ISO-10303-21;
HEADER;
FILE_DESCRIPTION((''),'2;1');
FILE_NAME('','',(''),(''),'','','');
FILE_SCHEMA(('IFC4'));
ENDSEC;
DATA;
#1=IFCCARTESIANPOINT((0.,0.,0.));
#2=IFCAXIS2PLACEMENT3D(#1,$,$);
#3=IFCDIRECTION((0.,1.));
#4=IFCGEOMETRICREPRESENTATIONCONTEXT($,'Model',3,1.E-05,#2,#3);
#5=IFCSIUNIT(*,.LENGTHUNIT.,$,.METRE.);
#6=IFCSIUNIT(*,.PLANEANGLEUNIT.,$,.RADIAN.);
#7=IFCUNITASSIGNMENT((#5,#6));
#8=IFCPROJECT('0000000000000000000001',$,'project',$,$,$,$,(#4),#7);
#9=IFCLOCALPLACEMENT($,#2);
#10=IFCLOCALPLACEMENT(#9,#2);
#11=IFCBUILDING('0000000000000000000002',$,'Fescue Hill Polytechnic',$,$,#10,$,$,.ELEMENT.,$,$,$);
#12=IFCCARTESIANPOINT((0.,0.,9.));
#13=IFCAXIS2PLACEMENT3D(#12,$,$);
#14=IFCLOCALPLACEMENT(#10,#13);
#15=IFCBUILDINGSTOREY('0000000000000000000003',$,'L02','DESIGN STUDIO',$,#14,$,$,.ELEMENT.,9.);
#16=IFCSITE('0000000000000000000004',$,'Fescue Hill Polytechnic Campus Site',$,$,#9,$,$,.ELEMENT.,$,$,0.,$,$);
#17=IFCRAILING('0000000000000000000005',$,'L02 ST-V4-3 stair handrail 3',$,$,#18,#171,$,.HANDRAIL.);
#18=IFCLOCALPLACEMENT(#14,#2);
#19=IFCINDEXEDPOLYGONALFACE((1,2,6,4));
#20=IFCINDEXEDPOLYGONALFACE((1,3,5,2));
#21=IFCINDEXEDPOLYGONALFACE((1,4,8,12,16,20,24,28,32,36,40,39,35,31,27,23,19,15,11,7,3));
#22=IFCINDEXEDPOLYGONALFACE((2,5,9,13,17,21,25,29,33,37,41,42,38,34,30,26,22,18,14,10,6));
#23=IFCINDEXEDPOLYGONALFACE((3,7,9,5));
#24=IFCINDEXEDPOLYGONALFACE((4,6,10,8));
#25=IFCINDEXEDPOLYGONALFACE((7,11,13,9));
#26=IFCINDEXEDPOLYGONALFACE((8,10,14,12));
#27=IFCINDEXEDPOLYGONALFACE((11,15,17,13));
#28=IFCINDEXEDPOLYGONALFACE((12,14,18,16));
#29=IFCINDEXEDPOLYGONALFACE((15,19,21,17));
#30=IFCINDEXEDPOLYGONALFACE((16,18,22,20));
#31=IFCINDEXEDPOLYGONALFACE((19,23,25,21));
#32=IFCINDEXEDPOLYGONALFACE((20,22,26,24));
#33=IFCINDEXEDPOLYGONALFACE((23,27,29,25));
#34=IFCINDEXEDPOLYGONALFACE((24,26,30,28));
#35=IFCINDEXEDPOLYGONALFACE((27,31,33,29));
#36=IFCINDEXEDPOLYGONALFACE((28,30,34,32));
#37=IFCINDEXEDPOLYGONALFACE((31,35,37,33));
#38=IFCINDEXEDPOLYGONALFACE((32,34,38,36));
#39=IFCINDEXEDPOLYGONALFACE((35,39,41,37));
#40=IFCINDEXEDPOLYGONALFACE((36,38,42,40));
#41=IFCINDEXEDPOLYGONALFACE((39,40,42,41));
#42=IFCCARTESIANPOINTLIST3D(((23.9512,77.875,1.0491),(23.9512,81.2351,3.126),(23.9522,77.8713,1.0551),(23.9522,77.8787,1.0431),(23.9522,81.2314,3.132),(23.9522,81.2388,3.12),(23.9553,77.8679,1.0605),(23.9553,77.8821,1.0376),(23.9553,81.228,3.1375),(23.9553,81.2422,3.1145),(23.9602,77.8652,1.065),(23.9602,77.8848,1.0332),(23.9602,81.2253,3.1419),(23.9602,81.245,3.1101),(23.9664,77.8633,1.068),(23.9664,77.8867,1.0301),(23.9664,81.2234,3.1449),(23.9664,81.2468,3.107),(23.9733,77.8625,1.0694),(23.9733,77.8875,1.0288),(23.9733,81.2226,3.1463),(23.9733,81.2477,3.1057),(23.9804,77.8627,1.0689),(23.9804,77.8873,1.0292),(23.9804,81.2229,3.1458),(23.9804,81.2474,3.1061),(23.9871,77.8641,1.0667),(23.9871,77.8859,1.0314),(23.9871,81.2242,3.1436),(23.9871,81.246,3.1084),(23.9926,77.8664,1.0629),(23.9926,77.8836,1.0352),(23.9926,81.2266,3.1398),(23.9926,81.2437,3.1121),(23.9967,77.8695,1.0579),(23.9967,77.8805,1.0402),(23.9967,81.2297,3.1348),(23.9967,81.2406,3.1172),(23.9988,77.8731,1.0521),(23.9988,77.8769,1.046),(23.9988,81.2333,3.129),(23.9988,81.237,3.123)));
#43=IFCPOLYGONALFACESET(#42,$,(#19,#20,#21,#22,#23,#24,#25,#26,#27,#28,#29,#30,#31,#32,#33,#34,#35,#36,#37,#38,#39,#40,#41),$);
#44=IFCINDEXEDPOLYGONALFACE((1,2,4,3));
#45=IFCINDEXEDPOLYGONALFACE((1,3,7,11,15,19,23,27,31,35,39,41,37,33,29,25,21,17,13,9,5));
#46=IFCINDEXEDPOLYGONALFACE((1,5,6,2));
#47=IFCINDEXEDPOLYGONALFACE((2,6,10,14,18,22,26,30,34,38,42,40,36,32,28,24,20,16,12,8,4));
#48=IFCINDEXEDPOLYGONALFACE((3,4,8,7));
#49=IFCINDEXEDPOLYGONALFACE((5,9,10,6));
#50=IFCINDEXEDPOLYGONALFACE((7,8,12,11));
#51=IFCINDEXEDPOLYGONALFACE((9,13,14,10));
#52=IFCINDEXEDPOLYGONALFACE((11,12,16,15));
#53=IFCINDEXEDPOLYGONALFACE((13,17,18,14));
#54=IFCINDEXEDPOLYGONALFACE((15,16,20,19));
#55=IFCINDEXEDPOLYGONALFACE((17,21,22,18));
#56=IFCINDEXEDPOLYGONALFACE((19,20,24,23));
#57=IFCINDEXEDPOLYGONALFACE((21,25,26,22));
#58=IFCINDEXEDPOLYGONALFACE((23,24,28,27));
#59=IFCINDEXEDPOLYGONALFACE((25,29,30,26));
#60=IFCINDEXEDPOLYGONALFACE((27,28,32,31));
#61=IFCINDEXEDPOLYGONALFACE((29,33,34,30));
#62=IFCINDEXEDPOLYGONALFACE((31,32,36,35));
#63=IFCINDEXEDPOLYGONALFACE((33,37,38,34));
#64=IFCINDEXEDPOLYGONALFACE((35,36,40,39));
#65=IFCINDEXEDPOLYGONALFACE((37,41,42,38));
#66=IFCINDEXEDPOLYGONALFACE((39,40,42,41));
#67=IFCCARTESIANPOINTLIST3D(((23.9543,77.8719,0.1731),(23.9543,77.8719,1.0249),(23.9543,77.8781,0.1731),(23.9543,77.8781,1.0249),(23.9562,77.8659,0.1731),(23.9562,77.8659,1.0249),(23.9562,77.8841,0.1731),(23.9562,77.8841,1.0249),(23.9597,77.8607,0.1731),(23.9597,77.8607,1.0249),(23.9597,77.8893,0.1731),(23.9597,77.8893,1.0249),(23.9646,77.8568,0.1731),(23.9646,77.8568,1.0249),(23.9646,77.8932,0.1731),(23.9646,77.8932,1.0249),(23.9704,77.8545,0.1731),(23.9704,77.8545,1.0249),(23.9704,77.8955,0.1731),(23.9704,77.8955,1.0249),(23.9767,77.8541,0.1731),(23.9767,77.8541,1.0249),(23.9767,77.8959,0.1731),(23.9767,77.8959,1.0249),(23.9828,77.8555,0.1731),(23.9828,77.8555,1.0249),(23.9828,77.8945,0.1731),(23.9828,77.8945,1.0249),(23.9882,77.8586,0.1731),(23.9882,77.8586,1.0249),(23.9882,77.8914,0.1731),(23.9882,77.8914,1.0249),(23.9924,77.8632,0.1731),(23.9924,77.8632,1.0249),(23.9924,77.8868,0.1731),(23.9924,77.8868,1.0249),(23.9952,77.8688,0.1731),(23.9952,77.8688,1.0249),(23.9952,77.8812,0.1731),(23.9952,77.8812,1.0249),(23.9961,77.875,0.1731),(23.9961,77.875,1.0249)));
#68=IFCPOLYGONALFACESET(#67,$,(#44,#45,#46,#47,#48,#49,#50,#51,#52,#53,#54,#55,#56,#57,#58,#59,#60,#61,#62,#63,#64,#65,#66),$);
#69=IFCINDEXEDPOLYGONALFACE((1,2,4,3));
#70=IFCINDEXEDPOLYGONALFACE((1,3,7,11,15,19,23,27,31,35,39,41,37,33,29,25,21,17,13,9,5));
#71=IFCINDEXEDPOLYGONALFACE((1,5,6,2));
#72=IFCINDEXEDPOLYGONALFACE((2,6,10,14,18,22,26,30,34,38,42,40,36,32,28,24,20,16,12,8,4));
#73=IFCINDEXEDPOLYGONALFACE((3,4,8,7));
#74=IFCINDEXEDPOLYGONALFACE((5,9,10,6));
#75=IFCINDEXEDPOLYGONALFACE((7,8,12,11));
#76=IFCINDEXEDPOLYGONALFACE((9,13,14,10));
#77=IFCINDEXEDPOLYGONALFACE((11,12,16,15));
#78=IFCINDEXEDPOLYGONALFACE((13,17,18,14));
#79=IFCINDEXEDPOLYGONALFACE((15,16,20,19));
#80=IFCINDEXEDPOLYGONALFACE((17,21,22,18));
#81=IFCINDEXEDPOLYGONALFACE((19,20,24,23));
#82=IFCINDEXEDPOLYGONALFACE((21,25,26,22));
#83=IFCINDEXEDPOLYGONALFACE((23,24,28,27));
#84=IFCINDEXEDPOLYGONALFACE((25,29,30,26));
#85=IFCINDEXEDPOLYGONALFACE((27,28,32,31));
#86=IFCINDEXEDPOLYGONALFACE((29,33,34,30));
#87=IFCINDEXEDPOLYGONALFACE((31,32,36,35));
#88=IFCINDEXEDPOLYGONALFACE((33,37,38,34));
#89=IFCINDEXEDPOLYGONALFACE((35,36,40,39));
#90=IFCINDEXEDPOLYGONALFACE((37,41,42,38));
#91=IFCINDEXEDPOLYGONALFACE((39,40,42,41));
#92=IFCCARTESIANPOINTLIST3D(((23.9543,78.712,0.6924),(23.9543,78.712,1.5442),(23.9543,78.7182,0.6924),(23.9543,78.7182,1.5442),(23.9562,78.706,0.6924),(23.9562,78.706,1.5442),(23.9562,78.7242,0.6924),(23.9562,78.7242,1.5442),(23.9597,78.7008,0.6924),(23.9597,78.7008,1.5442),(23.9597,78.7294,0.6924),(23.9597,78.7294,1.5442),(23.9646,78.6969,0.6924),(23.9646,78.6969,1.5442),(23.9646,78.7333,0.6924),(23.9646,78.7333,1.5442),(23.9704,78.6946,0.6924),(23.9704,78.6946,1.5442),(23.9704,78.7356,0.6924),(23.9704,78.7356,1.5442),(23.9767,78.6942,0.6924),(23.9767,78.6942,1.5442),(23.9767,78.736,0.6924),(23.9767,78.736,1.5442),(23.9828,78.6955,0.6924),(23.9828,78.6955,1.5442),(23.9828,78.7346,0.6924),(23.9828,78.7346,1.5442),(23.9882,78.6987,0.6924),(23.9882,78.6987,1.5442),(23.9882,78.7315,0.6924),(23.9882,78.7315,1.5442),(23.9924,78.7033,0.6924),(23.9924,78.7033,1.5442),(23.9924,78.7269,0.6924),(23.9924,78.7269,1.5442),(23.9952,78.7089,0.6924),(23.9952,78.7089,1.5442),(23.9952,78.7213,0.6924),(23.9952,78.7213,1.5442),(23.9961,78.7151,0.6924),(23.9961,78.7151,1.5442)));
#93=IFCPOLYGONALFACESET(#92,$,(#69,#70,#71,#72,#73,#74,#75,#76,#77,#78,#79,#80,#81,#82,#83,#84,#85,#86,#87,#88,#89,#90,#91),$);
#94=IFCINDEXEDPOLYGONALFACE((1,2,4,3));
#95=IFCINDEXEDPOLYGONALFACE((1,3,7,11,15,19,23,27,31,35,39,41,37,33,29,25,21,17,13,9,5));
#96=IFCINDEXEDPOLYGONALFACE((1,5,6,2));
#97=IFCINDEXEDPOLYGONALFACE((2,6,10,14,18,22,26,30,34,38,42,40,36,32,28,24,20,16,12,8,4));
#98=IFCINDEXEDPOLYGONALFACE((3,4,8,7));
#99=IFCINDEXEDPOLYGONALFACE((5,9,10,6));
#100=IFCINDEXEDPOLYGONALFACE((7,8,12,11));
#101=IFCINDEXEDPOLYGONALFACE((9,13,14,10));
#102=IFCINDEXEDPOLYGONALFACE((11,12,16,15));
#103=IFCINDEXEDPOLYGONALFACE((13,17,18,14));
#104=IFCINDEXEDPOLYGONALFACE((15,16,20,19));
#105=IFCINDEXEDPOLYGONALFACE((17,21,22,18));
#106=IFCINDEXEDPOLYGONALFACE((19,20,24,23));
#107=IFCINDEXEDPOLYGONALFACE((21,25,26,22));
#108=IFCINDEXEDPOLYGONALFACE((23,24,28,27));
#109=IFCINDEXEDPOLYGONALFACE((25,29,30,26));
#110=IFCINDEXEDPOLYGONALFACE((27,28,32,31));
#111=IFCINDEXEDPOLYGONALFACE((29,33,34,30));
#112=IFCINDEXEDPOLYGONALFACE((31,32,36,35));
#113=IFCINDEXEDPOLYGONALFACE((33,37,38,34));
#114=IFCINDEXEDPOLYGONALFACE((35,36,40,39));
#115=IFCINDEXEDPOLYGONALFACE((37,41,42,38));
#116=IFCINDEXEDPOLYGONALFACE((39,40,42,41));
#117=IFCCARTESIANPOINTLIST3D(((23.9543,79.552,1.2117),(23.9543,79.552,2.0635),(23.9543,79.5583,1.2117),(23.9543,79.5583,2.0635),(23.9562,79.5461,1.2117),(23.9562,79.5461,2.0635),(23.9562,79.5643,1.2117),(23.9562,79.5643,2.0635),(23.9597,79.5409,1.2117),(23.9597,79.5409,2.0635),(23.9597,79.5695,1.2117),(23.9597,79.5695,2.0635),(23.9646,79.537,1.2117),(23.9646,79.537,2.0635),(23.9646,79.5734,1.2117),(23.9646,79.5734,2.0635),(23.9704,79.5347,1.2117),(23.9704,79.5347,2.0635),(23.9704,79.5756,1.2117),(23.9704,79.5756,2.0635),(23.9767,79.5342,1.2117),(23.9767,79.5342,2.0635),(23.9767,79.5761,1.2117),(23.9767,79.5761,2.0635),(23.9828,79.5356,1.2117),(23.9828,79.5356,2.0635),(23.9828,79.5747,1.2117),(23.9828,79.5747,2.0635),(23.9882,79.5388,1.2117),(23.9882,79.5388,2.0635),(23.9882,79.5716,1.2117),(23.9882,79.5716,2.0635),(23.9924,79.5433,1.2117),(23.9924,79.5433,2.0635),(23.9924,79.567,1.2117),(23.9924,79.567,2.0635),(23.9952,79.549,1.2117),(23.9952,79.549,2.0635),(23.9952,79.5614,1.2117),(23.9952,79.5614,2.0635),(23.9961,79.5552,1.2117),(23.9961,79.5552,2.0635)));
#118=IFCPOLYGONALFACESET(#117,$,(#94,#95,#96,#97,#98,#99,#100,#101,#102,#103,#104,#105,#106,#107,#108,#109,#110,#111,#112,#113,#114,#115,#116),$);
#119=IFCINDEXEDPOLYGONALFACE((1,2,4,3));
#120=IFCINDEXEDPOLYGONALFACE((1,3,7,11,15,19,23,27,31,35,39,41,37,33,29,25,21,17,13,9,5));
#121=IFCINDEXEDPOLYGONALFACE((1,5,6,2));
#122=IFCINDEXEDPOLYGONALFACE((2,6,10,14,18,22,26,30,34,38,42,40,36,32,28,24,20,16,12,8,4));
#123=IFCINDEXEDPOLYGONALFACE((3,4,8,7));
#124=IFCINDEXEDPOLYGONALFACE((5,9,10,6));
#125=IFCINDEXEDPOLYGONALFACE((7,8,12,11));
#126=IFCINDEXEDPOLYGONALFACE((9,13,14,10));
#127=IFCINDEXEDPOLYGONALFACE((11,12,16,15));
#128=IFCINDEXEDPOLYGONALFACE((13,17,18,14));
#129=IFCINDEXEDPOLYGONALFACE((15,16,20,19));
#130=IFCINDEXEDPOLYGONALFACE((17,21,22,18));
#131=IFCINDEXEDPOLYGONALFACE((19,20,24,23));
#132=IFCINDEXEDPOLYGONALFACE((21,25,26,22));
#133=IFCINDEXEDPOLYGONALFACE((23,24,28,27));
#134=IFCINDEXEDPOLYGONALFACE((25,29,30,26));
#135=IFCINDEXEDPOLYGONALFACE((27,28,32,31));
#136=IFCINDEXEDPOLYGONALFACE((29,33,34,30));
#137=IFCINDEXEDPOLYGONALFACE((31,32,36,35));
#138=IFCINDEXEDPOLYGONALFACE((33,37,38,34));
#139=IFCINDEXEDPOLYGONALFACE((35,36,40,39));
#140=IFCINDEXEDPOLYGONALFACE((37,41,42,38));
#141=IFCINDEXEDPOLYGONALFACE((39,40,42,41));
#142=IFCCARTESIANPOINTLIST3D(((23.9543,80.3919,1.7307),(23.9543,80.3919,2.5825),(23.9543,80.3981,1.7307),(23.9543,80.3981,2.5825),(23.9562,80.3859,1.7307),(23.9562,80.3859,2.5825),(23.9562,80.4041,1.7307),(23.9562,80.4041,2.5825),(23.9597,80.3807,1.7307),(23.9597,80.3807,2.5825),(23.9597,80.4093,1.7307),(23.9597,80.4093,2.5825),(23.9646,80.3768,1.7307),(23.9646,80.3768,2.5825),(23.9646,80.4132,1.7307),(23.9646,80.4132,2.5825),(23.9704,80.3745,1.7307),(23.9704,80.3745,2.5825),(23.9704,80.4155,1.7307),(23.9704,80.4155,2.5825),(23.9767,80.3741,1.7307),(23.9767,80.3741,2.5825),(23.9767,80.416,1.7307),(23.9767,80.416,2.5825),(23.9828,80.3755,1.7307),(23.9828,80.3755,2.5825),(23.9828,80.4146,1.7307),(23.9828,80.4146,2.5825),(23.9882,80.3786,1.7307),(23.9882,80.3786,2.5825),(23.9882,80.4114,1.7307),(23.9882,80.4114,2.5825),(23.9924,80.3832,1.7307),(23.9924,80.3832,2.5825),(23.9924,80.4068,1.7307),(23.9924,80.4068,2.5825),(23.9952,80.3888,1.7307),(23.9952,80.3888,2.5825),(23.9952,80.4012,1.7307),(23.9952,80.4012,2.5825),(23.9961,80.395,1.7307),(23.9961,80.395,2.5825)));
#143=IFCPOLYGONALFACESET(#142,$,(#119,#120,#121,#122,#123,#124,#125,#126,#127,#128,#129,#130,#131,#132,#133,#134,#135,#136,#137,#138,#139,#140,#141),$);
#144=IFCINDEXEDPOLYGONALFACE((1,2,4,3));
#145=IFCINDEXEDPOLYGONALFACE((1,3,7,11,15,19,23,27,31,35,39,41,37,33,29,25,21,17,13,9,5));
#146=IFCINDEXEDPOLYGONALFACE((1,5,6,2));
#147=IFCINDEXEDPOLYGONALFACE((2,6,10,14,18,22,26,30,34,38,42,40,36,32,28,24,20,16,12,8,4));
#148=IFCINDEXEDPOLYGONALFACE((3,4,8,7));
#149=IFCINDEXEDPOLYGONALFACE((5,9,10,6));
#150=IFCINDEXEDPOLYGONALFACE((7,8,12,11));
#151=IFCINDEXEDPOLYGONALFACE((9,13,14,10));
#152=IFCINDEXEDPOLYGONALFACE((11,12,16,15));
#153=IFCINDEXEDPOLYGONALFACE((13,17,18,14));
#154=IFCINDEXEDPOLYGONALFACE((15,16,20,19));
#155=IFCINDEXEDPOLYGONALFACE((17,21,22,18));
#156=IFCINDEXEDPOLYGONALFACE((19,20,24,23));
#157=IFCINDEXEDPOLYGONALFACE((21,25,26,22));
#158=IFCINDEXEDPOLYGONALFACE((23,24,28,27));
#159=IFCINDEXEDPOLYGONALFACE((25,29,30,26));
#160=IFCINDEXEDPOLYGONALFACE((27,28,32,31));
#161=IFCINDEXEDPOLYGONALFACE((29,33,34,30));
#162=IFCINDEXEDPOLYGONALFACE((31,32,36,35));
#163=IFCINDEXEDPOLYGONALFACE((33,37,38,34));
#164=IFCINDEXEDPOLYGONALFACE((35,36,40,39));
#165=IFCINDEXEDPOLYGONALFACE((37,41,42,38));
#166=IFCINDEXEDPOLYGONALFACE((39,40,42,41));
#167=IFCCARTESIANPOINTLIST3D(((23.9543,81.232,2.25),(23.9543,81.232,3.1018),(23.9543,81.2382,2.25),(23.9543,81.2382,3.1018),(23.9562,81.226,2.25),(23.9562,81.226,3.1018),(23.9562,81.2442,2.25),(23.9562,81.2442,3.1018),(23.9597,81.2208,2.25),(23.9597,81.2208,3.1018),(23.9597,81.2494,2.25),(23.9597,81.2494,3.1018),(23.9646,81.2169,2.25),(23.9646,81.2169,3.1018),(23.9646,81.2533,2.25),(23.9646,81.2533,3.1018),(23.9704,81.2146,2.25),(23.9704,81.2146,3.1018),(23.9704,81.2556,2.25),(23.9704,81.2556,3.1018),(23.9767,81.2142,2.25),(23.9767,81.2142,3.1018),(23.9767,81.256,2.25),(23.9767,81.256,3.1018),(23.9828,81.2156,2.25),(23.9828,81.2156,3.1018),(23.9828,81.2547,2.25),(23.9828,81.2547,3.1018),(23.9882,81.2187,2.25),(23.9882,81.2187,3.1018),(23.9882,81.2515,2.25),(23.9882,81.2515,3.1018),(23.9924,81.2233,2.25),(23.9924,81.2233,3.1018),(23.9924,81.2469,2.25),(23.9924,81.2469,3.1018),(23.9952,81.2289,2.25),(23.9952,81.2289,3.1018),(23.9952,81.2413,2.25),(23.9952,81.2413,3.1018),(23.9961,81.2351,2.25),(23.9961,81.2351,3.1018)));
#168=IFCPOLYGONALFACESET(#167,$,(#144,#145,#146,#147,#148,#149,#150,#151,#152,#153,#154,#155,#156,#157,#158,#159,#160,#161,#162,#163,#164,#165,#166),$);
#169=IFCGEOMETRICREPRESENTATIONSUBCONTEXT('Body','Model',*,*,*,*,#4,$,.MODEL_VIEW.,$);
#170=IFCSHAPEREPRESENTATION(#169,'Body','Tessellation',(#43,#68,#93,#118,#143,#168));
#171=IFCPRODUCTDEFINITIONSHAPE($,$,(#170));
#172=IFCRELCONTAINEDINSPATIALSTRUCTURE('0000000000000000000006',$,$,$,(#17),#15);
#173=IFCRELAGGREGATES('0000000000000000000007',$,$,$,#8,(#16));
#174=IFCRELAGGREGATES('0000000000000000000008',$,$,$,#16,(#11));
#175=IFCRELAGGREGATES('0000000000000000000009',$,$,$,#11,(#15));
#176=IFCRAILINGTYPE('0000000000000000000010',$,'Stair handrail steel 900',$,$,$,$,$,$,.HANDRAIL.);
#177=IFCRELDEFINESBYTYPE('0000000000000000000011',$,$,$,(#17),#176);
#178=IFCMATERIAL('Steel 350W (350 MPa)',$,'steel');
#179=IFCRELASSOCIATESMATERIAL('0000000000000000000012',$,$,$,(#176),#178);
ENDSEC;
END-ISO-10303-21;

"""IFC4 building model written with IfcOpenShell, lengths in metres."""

from ifc_helpers import new_model, si_unit, direction, frame, origin, origin_2d, place, context, subcontext, project, spatial, circle, extrude, material, type_object, element, save


model = new_model("IFC4")

# Units and contexts
model_context = context("Model", 3, precision=1e-05, world=origin(), true_north=direction((0.0, 1.0)))
body_context = subcontext(model_context, "Body", "Model", "MODEL_VIEW")
ifc_project = project(units=[si_unit("LENGTHUNIT", "METRE"), si_unit("PLANEANGLEUNIT", "RADIAN")], contexts=[model_context])

# Site, building, storey
site_placement = place(None, origin())
site = spatial("IfcSite", under=ifc_project, at=site_placement, Name="Fescue Hill Polytechnic Campus Site", CompositionType="ELEMENT", RefElevation=0.0)
building_placement = place(site_placement, origin())
building = spatial("IfcBuilding", under=site, at=building_placement, Name="Fescue Hill Polytechnic", CompositionType="ELEMENT")
storey_placement = place(building_placement, frame((0.0, 0.0, 9.0)))
storey = spatial("IfcBuildingStorey", under=building, at=storey_placement, Name="L02", Description="DESIGN STUDIO", CompositionType="ELEMENT", Elevation=9.0)

# Railing
ifc_material_1 = material(Name="Steel 350W (350 MPa)", Category="steel")
railing_type_1 = type_object("IfcRailingType", Name="Stair handrail steel 900", PredefinedType="HANDRAIL", material=ifc_material_1)
railing_1_placement = place(storey_placement, frame((23.9751, 77.875, 0.1731)))
element("IfcRailing", 1, at=railing_1_placement, inside=storey, type_object=railing_type_1, Name="L02 ST-V4-3 stair handrail 3", PredefinedType="HANDRAIL", context=body_context, shape_type="SweptSolid", body=[
    extrude(circle(Radius=0.0239, at=origin_2d()), frame((0.0, 0.0, 0.876), z_axis=(0.0, 0.850623, 0.525776), x_axis=(-1.0, 0.0, 0.0)), (0.0, 0.0, 1.0), 3.9502),
    extrude(circle(Radius=0.021, at=origin_2d()), origin(), (0.0, 0.0, 1.0), 0.8518),
    extrude(circle(Radius=0.021, at=origin_2d()), frame((0.0, 0.8401, 0.5193)), (0.0, 0.0, 1.0), 0.8518),
    extrude(circle(Radius=0.021, at=origin_2d()), frame((0.0, 1.6802, 1.0386)), (0.0, 0.0, 1.0), 0.8518),
    extrude(circle(Radius=0.021, at=origin_2d()), frame((0.0, 2.52, 1.5576)), (0.0, 0.0, 1.0), 0.8518),
    extrude(circle(Radius=0.021, at=origin_2d()), frame((0.0, 3.3601, 2.0769)), (0.0, 0.0, 1.0), 0.8518),
])

save(model, "model.ifc")
